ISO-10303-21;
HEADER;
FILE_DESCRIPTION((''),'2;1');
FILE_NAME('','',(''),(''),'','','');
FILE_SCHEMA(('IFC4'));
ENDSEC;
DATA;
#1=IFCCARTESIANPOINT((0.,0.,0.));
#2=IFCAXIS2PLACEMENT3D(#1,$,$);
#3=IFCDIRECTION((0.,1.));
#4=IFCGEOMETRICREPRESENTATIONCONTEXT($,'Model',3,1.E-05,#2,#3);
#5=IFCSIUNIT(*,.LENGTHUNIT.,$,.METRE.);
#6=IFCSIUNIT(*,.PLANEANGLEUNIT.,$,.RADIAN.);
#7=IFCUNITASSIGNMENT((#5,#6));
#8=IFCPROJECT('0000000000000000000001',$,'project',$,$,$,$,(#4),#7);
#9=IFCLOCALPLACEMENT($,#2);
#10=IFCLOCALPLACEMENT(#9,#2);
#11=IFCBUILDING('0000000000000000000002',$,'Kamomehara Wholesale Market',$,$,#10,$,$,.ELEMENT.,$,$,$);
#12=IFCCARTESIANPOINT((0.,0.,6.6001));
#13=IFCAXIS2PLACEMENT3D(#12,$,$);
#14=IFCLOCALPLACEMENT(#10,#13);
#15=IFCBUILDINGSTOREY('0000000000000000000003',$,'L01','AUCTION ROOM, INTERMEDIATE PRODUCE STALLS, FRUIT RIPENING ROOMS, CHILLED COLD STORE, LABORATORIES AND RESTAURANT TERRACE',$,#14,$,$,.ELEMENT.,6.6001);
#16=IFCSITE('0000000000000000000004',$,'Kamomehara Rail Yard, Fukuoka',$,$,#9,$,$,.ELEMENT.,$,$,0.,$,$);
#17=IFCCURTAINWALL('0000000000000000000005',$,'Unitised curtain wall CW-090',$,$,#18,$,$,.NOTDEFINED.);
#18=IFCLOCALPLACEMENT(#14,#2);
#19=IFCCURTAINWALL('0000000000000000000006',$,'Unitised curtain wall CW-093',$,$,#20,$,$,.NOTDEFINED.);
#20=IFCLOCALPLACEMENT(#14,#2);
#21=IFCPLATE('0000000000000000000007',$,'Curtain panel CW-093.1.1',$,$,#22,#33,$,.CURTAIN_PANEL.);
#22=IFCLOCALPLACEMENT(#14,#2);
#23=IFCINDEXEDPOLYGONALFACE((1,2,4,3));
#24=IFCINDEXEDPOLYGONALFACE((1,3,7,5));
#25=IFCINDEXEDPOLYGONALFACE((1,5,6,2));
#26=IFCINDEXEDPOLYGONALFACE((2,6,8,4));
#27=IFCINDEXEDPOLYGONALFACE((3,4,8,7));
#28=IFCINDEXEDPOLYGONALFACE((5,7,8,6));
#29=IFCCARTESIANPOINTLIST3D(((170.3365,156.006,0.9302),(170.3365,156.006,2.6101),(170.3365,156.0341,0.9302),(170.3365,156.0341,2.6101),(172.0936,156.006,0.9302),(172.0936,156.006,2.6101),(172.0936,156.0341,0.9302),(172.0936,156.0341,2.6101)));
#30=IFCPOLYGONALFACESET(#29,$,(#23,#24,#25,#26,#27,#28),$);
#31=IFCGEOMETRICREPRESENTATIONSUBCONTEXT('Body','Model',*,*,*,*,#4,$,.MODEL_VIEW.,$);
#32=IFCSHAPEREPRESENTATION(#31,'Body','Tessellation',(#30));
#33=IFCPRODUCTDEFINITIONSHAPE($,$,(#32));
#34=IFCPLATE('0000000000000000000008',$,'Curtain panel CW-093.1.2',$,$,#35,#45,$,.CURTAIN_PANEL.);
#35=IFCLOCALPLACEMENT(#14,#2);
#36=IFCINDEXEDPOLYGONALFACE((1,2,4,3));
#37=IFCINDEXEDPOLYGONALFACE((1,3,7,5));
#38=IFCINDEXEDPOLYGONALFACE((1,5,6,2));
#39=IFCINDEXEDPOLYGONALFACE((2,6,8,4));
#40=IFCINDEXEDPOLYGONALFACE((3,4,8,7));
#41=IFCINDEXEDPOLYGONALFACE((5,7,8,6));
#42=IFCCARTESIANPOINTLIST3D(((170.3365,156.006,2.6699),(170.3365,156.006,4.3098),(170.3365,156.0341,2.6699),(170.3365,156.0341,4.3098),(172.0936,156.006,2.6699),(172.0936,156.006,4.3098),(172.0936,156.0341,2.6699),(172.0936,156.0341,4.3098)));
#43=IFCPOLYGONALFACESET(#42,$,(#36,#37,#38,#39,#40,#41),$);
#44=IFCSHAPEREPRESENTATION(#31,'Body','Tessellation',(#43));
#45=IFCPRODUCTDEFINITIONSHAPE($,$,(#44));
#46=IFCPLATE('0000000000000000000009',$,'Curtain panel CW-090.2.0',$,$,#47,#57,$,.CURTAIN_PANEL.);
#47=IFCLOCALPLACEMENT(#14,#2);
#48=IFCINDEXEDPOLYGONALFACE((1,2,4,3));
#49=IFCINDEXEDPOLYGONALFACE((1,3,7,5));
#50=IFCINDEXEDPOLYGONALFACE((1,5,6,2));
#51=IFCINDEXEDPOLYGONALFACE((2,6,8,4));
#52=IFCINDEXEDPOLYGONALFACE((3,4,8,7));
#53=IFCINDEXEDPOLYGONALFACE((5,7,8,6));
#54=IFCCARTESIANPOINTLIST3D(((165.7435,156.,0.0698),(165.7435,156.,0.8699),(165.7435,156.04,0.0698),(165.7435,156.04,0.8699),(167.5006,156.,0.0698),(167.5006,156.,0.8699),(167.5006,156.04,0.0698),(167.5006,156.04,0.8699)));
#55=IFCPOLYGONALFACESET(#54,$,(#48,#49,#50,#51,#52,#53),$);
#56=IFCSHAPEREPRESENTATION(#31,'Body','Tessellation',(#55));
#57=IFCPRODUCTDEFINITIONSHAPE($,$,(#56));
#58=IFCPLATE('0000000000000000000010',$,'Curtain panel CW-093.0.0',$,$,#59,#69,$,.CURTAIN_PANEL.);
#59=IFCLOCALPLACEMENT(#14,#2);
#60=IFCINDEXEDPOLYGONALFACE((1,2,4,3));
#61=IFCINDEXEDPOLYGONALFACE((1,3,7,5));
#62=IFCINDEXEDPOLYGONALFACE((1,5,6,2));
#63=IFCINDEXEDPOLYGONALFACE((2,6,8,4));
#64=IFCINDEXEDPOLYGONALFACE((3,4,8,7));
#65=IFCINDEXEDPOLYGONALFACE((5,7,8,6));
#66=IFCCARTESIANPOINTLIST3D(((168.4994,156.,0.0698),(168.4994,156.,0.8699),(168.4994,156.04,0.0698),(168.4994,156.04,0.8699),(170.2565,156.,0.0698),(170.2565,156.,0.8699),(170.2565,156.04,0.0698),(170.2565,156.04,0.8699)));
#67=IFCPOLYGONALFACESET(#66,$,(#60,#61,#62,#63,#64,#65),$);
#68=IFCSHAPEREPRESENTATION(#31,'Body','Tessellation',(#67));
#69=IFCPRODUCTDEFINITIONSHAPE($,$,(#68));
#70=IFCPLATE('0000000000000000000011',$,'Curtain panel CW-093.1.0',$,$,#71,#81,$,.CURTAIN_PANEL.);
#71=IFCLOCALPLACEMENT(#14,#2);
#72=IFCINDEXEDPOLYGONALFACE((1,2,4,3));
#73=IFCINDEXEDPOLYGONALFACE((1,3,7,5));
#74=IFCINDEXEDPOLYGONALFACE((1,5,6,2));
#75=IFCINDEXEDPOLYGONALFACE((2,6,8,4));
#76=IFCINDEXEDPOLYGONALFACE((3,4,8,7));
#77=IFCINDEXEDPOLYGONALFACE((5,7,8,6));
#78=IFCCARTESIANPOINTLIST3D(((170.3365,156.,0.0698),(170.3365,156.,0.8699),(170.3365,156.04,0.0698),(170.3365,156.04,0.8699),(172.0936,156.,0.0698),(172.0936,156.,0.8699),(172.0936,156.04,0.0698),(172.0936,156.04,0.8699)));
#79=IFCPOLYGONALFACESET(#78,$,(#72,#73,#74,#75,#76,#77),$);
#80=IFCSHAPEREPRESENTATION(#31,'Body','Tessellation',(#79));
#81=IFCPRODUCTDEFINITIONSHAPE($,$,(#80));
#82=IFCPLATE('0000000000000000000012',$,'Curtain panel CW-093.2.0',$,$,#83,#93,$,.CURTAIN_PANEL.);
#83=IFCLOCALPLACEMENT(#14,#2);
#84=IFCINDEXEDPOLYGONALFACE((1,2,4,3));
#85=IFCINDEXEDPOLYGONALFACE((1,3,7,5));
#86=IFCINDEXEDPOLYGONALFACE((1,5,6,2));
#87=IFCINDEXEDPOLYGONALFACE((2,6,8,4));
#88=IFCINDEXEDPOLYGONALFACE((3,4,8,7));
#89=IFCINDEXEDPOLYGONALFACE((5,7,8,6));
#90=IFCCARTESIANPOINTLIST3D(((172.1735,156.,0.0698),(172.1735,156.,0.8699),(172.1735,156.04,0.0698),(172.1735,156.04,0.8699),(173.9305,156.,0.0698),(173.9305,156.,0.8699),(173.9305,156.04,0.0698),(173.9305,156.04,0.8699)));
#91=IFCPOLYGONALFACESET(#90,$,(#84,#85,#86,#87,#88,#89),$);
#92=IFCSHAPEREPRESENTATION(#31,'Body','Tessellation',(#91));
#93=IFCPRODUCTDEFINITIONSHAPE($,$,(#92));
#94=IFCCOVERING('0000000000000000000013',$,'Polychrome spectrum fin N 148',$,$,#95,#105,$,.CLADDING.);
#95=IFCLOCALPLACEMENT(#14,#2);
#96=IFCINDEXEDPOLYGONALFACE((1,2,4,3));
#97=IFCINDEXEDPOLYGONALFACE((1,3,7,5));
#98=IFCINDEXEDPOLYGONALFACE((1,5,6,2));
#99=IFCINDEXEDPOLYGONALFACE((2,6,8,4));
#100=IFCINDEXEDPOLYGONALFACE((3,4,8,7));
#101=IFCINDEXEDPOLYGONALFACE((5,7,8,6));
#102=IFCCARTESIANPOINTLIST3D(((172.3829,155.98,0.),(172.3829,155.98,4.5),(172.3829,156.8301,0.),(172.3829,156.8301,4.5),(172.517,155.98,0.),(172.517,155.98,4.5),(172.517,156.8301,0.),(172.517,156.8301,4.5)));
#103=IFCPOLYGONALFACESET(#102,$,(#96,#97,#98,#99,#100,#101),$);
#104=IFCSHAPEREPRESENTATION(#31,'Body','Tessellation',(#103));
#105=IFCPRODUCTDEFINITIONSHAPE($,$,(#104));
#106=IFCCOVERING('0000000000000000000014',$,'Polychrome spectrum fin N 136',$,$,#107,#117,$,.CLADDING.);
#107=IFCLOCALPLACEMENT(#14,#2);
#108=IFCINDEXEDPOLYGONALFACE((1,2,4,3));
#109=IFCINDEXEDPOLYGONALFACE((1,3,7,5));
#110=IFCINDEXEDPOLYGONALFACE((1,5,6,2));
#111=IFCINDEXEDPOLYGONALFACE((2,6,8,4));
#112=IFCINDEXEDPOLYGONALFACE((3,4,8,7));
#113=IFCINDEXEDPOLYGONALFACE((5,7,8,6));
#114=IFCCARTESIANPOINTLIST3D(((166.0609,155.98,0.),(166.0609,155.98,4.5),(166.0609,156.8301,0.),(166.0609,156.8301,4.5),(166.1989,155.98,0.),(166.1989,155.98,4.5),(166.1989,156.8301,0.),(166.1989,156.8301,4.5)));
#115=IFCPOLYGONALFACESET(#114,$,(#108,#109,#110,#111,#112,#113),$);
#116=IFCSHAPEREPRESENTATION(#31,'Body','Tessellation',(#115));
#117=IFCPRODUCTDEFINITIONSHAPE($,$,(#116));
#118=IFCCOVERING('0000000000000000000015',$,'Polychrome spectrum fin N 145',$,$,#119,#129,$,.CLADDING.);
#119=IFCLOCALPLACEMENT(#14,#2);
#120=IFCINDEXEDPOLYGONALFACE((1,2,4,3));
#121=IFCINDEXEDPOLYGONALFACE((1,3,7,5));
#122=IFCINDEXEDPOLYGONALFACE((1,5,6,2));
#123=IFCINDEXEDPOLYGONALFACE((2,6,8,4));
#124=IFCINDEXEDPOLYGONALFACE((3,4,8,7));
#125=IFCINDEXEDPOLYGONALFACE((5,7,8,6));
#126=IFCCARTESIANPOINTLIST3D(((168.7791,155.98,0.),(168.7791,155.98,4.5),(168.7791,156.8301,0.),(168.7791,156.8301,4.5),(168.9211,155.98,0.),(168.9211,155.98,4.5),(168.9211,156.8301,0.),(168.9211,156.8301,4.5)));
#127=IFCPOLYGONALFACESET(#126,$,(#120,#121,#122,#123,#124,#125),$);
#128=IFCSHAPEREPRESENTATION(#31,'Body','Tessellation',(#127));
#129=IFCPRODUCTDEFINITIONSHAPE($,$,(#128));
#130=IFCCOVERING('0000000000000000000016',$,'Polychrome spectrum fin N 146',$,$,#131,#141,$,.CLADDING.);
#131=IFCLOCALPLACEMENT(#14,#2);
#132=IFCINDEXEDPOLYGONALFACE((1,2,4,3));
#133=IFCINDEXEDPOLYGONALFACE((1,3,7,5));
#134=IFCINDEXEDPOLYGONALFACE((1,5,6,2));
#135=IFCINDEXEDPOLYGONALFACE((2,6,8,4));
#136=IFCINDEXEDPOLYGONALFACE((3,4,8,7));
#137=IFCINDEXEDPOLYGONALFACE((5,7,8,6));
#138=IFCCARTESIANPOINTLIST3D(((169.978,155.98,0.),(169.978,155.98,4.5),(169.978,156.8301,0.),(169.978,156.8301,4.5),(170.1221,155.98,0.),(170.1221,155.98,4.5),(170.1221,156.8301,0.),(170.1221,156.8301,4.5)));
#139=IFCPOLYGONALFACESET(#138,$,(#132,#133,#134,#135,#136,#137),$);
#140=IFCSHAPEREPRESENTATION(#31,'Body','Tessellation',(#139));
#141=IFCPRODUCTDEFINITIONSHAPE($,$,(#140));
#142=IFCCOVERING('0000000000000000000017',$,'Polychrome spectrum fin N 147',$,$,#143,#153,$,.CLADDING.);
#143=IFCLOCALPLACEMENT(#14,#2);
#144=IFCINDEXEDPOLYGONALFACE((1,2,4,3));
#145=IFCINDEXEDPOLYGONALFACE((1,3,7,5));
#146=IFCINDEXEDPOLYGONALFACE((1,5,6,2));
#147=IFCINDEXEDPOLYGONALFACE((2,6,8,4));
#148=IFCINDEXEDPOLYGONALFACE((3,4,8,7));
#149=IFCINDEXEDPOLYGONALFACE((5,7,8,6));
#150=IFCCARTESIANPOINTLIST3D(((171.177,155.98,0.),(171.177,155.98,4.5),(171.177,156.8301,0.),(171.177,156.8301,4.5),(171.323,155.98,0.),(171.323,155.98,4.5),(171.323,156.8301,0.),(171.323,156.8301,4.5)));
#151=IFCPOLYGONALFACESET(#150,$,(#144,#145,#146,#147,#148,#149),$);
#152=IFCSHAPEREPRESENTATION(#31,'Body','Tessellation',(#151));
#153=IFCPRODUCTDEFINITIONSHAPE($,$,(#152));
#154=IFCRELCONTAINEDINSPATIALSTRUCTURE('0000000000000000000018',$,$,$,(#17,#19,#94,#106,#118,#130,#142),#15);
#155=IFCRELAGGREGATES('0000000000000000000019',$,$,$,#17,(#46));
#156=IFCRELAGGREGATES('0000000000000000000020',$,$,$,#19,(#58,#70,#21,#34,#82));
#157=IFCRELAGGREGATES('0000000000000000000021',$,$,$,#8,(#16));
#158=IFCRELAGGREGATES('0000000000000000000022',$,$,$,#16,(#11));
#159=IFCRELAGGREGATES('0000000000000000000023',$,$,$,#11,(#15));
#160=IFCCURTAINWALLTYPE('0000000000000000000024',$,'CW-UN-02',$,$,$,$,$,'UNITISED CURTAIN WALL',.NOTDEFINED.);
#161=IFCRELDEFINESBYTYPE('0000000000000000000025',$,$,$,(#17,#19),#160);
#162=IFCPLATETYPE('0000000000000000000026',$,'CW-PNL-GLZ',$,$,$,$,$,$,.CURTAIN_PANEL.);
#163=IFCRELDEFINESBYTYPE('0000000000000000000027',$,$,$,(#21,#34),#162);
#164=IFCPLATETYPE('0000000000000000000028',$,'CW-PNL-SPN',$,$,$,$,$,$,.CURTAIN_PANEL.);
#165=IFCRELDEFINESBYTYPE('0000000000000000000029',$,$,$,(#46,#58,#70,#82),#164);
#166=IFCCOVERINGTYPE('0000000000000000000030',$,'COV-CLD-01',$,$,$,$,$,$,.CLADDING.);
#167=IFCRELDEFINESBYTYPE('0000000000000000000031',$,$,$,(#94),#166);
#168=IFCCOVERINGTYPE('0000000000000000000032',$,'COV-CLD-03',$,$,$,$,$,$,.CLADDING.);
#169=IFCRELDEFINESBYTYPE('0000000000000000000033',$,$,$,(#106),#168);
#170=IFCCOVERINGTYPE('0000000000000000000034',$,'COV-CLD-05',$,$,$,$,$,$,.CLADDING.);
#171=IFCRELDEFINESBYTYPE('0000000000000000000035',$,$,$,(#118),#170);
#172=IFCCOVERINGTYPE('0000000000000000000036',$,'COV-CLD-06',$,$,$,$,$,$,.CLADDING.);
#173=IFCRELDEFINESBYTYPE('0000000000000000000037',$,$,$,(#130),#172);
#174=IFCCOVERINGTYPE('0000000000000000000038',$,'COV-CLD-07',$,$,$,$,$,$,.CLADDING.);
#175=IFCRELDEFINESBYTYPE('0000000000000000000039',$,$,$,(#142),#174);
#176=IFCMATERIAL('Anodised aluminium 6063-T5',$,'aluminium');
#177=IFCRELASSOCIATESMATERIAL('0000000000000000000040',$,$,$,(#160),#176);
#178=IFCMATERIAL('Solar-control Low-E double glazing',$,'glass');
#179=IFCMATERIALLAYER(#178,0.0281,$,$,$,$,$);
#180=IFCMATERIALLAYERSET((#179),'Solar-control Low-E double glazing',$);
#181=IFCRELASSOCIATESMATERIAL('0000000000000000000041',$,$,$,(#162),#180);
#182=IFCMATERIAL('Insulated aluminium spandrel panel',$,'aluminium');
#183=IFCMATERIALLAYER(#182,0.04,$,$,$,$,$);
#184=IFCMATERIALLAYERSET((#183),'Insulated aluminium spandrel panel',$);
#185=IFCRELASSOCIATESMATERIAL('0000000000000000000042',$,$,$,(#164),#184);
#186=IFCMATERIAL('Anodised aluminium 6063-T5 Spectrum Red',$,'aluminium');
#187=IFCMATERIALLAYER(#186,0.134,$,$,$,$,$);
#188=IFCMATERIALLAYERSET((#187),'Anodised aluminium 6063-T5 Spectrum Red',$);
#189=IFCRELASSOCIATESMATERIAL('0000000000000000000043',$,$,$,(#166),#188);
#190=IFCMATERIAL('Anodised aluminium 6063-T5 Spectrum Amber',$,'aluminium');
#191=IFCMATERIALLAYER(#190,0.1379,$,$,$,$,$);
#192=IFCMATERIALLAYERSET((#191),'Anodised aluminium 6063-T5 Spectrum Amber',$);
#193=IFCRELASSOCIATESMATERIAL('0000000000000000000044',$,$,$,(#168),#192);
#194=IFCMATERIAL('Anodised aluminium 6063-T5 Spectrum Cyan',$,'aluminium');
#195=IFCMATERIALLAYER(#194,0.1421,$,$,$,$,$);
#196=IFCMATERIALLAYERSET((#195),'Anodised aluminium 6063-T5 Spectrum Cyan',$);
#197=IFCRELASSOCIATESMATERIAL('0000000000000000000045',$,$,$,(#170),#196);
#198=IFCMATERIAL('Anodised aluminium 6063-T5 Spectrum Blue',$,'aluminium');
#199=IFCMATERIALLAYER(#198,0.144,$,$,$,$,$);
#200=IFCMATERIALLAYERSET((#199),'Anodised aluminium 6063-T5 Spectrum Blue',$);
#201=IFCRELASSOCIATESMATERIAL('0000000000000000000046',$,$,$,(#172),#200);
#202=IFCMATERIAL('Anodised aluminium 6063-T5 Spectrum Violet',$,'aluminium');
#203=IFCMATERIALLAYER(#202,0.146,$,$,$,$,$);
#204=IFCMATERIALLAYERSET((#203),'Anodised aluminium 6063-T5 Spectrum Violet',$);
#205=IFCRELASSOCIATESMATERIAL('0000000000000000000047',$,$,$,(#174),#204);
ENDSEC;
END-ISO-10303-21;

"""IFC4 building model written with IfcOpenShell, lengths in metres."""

from ifc_helpers import new_model, si_unit, direction, frame, origin, origin_2d, place, context, subcontext, project, spatial, rectangle, extrude, material, layer, layer_set, type_object, element, aggregate, save


model = new_model("IFC4")

# Units and contexts
model_context = context("Model", 3, precision=1e-05, world=origin(), true_north=direction((0.0, 1.0)))
body_context = subcontext(model_context, "Body", "Model", "MODEL_VIEW")
ifc_project = project(units=[si_unit("LENGTHUNIT", "METRE"), si_unit("PLANEANGLEUNIT", "RADIAN")], contexts=[model_context])

# Site, building, storey
site_placement = place(None, origin())
site = spatial("IfcSite", under=ifc_project, at=site_placement, Name="Kamomehara Rail Yard, Fukuoka", CompositionType="ELEMENT", RefElevation=0.0)
building_placement = place(site_placement, origin())
building = spatial("IfcBuilding", under=site, at=building_placement, Name="Kamomehara Wholesale Market", CompositionType="ELEMENT")
storey_placement = place(building_placement, frame((0.0, 0.0, 6.6001)))
storey = spatial("IfcBuildingStorey", under=building, at=storey_placement, Name="L01", Description="AUCTION ROOM, INTERMEDIATE PRODUCE STALLS, FRUIT RIPENING ROOMS, CHILLED COLD STORE, LABORATORIES AND RESTAURANT TERRACE", CompositionType="ELEMENT", Elevation=6.6001)

# Curtain wall
ifc_material_1 = material(Name="Anodised aluminium 6063-T5", Category="aluminium")
curtain_wall_type = type_object("IfcCurtainWallType", Name="CW-UN-02", ElementType="UNITISED CURTAIN WALL", PredefinedType="NOTDEFINED", material=ifc_material_1)
curtain_wall_1_placement = place(storey_placement, origin())
curtain_wall_1 = element("IfcCurtainWall", 1, at=curtain_wall_1_placement, inside=storey, type_object=curtain_wall_type, Name="Unitised curtain wall CW-090", PredefinedType="NOTDEFINED")

# Curtain wall
curtain_wall_2_placement = place(storey_placement, origin())
curtain_wall_2 = element("IfcCurtainWall", 2, at=curtain_wall_2_placement, inside=storey, type_object=curtain_wall_type, Name="Unitised curtain wall CW-093", PredefinedType="NOTDEFINED")

# Plates
ifc_material_2 = material(Name="Solar-control Low-E double glazing", Category="glass")
ifc_layer_1 = layer(ifc_material_2, 0.0281)
ifc_layer_set_1 = layer_set([ifc_layer_1], Name="Solar-control Low-E double glazing")
plate_type_1 = type_object("IfcPlateType", Name="CW-PNL-GLZ", PredefinedType="CURTAIN_PANEL", material=ifc_layer_set_1)
plate_1_placement = place(storey_placement, frame((171.2151, 156.02, 0.9302), z_axis=(0.0, 0.0, 1.0), x_axis=(1.0, 0.0, 0.0)))
plate_1 = element("IfcPlate", 3, at=plate_1_placement, type_object=plate_type_1, Name="Curtain panel CW-093.1.1", PredefinedType="CURTAIN_PANEL", context=body_context, shape_type="SweptSolid", body=[
    extrude(rectangle(XDim=1.7571, YDim=0.0281, at=origin_2d()), origin(), (0.0, 0.0, 1.0), 1.6799),
])
plate_2_placement = place(storey_placement, frame((171.2151, 156.02, 2.6699), z_axis=(0.0, 0.0, 1.0), x_axis=(1.0, 0.0, 0.0)))
plate_2 = element("IfcPlate", 4, at=plate_2_placement, type_object=plate_type_1, Name="Curtain panel CW-093.1.2", PredefinedType="CURTAIN_PANEL", context=body_context, shape_type="SweptSolid", body=[
    extrude(rectangle(XDim=1.7571, YDim=0.0281, at=origin_2d()), origin(), (0.0, 0.0, 1.0), 1.6399),
])
ifc_material_3 = material(Name="Insulated aluminium spandrel panel", Category="aluminium")
ifc_layer_2 = layer(ifc_material_3, 0.04)
ifc_layer_set_2 = layer_set([ifc_layer_2], Name="Insulated aluminium spandrel panel")
plate_type_2 = type_object("IfcPlateType", Name="CW-PNL-SPN", PredefinedType="CURTAIN_PANEL", material=ifc_layer_set_2)
plate_3_placement = place(storey_placement, frame((166.6221, 156.02, 0.0698), z_axis=(0.0, 0.0, 1.0), x_axis=(1.0, 0.0, 0.0)))
plate_3 = element("IfcPlate", 5, at=plate_3_placement, type_object=plate_type_2, Name="Curtain panel CW-090.2.0", PredefinedType="CURTAIN_PANEL", context=body_context, shape_type="SweptSolid", body=[
    extrude(rectangle(XDim=1.7571, YDim=0.04, at=origin_2d()), origin(), (0.0, 0.0, 1.0), 0.8),
])
aggregate(curtain_wall_1, [plate_3])
plate_4_placement = place(storey_placement, frame((169.3779, 156.02, 0.0698), z_axis=(0.0, 0.0, 1.0), x_axis=(1.0, 0.0, 0.0)))
plate_4 = element("IfcPlate", 6, at=plate_4_placement, type_object=plate_type_2, Name="Curtain panel CW-093.0.0", PredefinedType="CURTAIN_PANEL", context=body_context, shape_type="SweptSolid", body=[
    extrude(rectangle(XDim=1.7571, YDim=0.04, at=origin_2d()), origin(), (0.0, 0.0, 1.0), 0.8),
])
plate_5_placement = place(storey_placement, frame((171.2151, 156.02, 0.0698), z_axis=(0.0, 0.0, 1.0), x_axis=(1.0, 0.0, 0.0)))
plate_5 = element("IfcPlate", 7, at=plate_5_placement, type_object=plate_type_2, Name="Curtain panel CW-093.1.0", PredefinedType="CURTAIN_PANEL", context=body_context, shape_type="SweptSolid", body=[
    extrude(rectangle(XDim=1.7571, YDim=0.04, at=origin_2d()), origin(), (0.0, 0.0, 1.0), 0.8),
])
plate_6_placement = place(storey_placement, frame((173.052, 156.02, 0.0698), z_axis=(0.0, 0.0, 1.0), x_axis=(1.0, 0.0, 0.0)))
plate_6 = element("IfcPlate", 8, at=plate_6_placement, type_object=plate_type_2, Name="Curtain panel CW-093.2.0", PredefinedType="CURTAIN_PANEL", context=body_context, shape_type="SweptSolid", body=[
    extrude(rectangle(XDim=1.7571, YDim=0.04, at=origin_2d()), origin(), (0.0, 0.0, 1.0), 0.8),
])
aggregate(curtain_wall_2, [plate_4, plate_5, plate_1, plate_2, plate_6])

# Coverings
ifc_material_4 = material(Name="Anodised aluminium 6063-T5 Spectrum Red", Category="aluminium")
ifc_layer_3 = layer(ifc_material_4, 0.134)
ifc_layer_set_3 = layer_set([ifc_layer_3], Name="Anodised aluminium 6063-T5 Spectrum Red")
covering_type_1 = type_object("IfcCoveringType", Name="COV-CLD-01", PredefinedType="CLADDING", material=ifc_layer_set_3)
covering_1_placement = place(storey_placement, frame((172.45, 156.405, 0.0), z_axis=(0.0, 0.0, 1.0), x_axis=(1.0, 0.0, 0.0)))
element("IfcCovering", 9, at=covering_1_placement, inside=storey, type_object=covering_type_1, Name="Polychrome spectrum fin N 148", PredefinedType="CLADDING", context=body_context, shape_type="SweptSolid", body=[
    extrude(rectangle(XDim=0.134, YDim=0.8501, at=origin_2d()), origin(), (0.0, 0.0, 1.0), 4.5),
])
ifc_material_5 = material(Name="Anodised aluminium 6063-T5 Spectrum Amber", Category="aluminium")
ifc_layer_4 = layer(ifc_material_5, 0.1379)
ifc_layer_set_4 = layer_set([ifc_layer_4], Name="Anodised aluminium 6063-T5 Spectrum Amber")
covering_type_2 = type_object("IfcCoveringType", Name="COV-CLD-03", PredefinedType="CLADDING", material=ifc_layer_set_4)
covering_2_placement = place(storey_placement, frame((166.1299, 156.405, 0.0), z_axis=(0.0, 0.0, 1.0), x_axis=(1.0, 0.0, 0.0)))
element("IfcCovering", 10, at=covering_2_placement, inside=storey, type_object=covering_type_2, Name="Polychrome spectrum fin N 136", PredefinedType="CLADDING", context=body_context, shape_type="SweptSolid", body=[
    extrude(rectangle(XDim=0.1379, YDim=0.8501, at=origin_2d()), origin(), (0.0, 0.0, 1.0), 4.5),
])
ifc_material_6 = material(Name="Anodised aluminium 6063-T5 Spectrum Cyan", Category="aluminium")
ifc_layer_5 = layer(ifc_material_6, 0.1421)
ifc_layer_set_5 = layer_set([ifc_layer_5], Name="Anodised aluminium 6063-T5 Spectrum Cyan")
covering_type_3 = type_object("IfcCoveringType", Name="COV-CLD-05", PredefinedType="CLADDING", material=ifc_layer_set_5)
covering_3_placement = place(storey_placement, frame((168.8501, 156.405, 0.0), z_axis=(0.0, 0.0, 1.0), x_axis=(1.0, 0.0, 0.0)))
element("IfcCovering", 11, at=covering_3_placement, inside=storey, type_object=covering_type_3, Name="Polychrome spectrum fin N 145", PredefinedType="CLADDING", context=body_context, shape_type="SweptSolid", body=[
    extrude(rectangle(XDim=0.1421, YDim=0.8501, at=origin_2d()), origin(), (0.0, 0.0, 1.0), 4.5),
])
ifc_material_7 = material(Name="Anodised aluminium 6063-T5 Spectrum Blue", Category="aluminium")
ifc_layer_6 = layer(ifc_material_7, 0.144)
ifc_layer_set_6 = layer_set([ifc_layer_6], Name="Anodised aluminium 6063-T5 Spectrum Blue")
covering_type_4 = type_object("IfcCoveringType", Name="COV-CLD-06", PredefinedType="CLADDING", material=ifc_layer_set_6)
covering_4_placement = place(storey_placement, frame((170.05, 156.405, 0.0), z_axis=(0.0, 0.0, 1.0), x_axis=(1.0, 0.0, 0.0)))
element("IfcCovering", 12, at=covering_4_placement, inside=storey, type_object=covering_type_4, Name="Polychrome spectrum fin N 146", PredefinedType="CLADDING", context=body_context, shape_type="SweptSolid", body=[
    extrude(rectangle(XDim=0.144, YDim=0.8501, at=origin_2d()), origin(), (0.0, 0.0, 1.0), 4.5),
])
ifc_material_8 = material(Name="Anodised aluminium 6063-T5 Spectrum Violet", Category="aluminium")
ifc_layer_7 = layer(ifc_material_8, 0.146)
ifc_layer_set_7 = layer_set([ifc_layer_7], Name="Anodised aluminium 6063-T5 Spectrum Violet")
covering_type_5 = type_object("IfcCoveringType", Name="COV-CLD-07", PredefinedType="CLADDING", material=ifc_layer_set_7)
covering_5_placement = place(storey_placement, frame((171.25, 156.405, 0.0), z_axis=(0.0, 0.0, 1.0), x_axis=(1.0, 0.0, 0.0)))
element("IfcCovering", 13, at=covering_5_placement, inside=storey, type_object=covering_type_5, Name="Polychrome spectrum fin N 147", PredefinedType="CLADDING", context=body_context, shape_type="SweptSolid", body=[
    extrude(rectangle(XDim=0.146, YDim=0.8501, at=origin_2d()), origin(), (0.0, 0.0, 1.0), 4.5),
])

save(model, "model.ifc")
